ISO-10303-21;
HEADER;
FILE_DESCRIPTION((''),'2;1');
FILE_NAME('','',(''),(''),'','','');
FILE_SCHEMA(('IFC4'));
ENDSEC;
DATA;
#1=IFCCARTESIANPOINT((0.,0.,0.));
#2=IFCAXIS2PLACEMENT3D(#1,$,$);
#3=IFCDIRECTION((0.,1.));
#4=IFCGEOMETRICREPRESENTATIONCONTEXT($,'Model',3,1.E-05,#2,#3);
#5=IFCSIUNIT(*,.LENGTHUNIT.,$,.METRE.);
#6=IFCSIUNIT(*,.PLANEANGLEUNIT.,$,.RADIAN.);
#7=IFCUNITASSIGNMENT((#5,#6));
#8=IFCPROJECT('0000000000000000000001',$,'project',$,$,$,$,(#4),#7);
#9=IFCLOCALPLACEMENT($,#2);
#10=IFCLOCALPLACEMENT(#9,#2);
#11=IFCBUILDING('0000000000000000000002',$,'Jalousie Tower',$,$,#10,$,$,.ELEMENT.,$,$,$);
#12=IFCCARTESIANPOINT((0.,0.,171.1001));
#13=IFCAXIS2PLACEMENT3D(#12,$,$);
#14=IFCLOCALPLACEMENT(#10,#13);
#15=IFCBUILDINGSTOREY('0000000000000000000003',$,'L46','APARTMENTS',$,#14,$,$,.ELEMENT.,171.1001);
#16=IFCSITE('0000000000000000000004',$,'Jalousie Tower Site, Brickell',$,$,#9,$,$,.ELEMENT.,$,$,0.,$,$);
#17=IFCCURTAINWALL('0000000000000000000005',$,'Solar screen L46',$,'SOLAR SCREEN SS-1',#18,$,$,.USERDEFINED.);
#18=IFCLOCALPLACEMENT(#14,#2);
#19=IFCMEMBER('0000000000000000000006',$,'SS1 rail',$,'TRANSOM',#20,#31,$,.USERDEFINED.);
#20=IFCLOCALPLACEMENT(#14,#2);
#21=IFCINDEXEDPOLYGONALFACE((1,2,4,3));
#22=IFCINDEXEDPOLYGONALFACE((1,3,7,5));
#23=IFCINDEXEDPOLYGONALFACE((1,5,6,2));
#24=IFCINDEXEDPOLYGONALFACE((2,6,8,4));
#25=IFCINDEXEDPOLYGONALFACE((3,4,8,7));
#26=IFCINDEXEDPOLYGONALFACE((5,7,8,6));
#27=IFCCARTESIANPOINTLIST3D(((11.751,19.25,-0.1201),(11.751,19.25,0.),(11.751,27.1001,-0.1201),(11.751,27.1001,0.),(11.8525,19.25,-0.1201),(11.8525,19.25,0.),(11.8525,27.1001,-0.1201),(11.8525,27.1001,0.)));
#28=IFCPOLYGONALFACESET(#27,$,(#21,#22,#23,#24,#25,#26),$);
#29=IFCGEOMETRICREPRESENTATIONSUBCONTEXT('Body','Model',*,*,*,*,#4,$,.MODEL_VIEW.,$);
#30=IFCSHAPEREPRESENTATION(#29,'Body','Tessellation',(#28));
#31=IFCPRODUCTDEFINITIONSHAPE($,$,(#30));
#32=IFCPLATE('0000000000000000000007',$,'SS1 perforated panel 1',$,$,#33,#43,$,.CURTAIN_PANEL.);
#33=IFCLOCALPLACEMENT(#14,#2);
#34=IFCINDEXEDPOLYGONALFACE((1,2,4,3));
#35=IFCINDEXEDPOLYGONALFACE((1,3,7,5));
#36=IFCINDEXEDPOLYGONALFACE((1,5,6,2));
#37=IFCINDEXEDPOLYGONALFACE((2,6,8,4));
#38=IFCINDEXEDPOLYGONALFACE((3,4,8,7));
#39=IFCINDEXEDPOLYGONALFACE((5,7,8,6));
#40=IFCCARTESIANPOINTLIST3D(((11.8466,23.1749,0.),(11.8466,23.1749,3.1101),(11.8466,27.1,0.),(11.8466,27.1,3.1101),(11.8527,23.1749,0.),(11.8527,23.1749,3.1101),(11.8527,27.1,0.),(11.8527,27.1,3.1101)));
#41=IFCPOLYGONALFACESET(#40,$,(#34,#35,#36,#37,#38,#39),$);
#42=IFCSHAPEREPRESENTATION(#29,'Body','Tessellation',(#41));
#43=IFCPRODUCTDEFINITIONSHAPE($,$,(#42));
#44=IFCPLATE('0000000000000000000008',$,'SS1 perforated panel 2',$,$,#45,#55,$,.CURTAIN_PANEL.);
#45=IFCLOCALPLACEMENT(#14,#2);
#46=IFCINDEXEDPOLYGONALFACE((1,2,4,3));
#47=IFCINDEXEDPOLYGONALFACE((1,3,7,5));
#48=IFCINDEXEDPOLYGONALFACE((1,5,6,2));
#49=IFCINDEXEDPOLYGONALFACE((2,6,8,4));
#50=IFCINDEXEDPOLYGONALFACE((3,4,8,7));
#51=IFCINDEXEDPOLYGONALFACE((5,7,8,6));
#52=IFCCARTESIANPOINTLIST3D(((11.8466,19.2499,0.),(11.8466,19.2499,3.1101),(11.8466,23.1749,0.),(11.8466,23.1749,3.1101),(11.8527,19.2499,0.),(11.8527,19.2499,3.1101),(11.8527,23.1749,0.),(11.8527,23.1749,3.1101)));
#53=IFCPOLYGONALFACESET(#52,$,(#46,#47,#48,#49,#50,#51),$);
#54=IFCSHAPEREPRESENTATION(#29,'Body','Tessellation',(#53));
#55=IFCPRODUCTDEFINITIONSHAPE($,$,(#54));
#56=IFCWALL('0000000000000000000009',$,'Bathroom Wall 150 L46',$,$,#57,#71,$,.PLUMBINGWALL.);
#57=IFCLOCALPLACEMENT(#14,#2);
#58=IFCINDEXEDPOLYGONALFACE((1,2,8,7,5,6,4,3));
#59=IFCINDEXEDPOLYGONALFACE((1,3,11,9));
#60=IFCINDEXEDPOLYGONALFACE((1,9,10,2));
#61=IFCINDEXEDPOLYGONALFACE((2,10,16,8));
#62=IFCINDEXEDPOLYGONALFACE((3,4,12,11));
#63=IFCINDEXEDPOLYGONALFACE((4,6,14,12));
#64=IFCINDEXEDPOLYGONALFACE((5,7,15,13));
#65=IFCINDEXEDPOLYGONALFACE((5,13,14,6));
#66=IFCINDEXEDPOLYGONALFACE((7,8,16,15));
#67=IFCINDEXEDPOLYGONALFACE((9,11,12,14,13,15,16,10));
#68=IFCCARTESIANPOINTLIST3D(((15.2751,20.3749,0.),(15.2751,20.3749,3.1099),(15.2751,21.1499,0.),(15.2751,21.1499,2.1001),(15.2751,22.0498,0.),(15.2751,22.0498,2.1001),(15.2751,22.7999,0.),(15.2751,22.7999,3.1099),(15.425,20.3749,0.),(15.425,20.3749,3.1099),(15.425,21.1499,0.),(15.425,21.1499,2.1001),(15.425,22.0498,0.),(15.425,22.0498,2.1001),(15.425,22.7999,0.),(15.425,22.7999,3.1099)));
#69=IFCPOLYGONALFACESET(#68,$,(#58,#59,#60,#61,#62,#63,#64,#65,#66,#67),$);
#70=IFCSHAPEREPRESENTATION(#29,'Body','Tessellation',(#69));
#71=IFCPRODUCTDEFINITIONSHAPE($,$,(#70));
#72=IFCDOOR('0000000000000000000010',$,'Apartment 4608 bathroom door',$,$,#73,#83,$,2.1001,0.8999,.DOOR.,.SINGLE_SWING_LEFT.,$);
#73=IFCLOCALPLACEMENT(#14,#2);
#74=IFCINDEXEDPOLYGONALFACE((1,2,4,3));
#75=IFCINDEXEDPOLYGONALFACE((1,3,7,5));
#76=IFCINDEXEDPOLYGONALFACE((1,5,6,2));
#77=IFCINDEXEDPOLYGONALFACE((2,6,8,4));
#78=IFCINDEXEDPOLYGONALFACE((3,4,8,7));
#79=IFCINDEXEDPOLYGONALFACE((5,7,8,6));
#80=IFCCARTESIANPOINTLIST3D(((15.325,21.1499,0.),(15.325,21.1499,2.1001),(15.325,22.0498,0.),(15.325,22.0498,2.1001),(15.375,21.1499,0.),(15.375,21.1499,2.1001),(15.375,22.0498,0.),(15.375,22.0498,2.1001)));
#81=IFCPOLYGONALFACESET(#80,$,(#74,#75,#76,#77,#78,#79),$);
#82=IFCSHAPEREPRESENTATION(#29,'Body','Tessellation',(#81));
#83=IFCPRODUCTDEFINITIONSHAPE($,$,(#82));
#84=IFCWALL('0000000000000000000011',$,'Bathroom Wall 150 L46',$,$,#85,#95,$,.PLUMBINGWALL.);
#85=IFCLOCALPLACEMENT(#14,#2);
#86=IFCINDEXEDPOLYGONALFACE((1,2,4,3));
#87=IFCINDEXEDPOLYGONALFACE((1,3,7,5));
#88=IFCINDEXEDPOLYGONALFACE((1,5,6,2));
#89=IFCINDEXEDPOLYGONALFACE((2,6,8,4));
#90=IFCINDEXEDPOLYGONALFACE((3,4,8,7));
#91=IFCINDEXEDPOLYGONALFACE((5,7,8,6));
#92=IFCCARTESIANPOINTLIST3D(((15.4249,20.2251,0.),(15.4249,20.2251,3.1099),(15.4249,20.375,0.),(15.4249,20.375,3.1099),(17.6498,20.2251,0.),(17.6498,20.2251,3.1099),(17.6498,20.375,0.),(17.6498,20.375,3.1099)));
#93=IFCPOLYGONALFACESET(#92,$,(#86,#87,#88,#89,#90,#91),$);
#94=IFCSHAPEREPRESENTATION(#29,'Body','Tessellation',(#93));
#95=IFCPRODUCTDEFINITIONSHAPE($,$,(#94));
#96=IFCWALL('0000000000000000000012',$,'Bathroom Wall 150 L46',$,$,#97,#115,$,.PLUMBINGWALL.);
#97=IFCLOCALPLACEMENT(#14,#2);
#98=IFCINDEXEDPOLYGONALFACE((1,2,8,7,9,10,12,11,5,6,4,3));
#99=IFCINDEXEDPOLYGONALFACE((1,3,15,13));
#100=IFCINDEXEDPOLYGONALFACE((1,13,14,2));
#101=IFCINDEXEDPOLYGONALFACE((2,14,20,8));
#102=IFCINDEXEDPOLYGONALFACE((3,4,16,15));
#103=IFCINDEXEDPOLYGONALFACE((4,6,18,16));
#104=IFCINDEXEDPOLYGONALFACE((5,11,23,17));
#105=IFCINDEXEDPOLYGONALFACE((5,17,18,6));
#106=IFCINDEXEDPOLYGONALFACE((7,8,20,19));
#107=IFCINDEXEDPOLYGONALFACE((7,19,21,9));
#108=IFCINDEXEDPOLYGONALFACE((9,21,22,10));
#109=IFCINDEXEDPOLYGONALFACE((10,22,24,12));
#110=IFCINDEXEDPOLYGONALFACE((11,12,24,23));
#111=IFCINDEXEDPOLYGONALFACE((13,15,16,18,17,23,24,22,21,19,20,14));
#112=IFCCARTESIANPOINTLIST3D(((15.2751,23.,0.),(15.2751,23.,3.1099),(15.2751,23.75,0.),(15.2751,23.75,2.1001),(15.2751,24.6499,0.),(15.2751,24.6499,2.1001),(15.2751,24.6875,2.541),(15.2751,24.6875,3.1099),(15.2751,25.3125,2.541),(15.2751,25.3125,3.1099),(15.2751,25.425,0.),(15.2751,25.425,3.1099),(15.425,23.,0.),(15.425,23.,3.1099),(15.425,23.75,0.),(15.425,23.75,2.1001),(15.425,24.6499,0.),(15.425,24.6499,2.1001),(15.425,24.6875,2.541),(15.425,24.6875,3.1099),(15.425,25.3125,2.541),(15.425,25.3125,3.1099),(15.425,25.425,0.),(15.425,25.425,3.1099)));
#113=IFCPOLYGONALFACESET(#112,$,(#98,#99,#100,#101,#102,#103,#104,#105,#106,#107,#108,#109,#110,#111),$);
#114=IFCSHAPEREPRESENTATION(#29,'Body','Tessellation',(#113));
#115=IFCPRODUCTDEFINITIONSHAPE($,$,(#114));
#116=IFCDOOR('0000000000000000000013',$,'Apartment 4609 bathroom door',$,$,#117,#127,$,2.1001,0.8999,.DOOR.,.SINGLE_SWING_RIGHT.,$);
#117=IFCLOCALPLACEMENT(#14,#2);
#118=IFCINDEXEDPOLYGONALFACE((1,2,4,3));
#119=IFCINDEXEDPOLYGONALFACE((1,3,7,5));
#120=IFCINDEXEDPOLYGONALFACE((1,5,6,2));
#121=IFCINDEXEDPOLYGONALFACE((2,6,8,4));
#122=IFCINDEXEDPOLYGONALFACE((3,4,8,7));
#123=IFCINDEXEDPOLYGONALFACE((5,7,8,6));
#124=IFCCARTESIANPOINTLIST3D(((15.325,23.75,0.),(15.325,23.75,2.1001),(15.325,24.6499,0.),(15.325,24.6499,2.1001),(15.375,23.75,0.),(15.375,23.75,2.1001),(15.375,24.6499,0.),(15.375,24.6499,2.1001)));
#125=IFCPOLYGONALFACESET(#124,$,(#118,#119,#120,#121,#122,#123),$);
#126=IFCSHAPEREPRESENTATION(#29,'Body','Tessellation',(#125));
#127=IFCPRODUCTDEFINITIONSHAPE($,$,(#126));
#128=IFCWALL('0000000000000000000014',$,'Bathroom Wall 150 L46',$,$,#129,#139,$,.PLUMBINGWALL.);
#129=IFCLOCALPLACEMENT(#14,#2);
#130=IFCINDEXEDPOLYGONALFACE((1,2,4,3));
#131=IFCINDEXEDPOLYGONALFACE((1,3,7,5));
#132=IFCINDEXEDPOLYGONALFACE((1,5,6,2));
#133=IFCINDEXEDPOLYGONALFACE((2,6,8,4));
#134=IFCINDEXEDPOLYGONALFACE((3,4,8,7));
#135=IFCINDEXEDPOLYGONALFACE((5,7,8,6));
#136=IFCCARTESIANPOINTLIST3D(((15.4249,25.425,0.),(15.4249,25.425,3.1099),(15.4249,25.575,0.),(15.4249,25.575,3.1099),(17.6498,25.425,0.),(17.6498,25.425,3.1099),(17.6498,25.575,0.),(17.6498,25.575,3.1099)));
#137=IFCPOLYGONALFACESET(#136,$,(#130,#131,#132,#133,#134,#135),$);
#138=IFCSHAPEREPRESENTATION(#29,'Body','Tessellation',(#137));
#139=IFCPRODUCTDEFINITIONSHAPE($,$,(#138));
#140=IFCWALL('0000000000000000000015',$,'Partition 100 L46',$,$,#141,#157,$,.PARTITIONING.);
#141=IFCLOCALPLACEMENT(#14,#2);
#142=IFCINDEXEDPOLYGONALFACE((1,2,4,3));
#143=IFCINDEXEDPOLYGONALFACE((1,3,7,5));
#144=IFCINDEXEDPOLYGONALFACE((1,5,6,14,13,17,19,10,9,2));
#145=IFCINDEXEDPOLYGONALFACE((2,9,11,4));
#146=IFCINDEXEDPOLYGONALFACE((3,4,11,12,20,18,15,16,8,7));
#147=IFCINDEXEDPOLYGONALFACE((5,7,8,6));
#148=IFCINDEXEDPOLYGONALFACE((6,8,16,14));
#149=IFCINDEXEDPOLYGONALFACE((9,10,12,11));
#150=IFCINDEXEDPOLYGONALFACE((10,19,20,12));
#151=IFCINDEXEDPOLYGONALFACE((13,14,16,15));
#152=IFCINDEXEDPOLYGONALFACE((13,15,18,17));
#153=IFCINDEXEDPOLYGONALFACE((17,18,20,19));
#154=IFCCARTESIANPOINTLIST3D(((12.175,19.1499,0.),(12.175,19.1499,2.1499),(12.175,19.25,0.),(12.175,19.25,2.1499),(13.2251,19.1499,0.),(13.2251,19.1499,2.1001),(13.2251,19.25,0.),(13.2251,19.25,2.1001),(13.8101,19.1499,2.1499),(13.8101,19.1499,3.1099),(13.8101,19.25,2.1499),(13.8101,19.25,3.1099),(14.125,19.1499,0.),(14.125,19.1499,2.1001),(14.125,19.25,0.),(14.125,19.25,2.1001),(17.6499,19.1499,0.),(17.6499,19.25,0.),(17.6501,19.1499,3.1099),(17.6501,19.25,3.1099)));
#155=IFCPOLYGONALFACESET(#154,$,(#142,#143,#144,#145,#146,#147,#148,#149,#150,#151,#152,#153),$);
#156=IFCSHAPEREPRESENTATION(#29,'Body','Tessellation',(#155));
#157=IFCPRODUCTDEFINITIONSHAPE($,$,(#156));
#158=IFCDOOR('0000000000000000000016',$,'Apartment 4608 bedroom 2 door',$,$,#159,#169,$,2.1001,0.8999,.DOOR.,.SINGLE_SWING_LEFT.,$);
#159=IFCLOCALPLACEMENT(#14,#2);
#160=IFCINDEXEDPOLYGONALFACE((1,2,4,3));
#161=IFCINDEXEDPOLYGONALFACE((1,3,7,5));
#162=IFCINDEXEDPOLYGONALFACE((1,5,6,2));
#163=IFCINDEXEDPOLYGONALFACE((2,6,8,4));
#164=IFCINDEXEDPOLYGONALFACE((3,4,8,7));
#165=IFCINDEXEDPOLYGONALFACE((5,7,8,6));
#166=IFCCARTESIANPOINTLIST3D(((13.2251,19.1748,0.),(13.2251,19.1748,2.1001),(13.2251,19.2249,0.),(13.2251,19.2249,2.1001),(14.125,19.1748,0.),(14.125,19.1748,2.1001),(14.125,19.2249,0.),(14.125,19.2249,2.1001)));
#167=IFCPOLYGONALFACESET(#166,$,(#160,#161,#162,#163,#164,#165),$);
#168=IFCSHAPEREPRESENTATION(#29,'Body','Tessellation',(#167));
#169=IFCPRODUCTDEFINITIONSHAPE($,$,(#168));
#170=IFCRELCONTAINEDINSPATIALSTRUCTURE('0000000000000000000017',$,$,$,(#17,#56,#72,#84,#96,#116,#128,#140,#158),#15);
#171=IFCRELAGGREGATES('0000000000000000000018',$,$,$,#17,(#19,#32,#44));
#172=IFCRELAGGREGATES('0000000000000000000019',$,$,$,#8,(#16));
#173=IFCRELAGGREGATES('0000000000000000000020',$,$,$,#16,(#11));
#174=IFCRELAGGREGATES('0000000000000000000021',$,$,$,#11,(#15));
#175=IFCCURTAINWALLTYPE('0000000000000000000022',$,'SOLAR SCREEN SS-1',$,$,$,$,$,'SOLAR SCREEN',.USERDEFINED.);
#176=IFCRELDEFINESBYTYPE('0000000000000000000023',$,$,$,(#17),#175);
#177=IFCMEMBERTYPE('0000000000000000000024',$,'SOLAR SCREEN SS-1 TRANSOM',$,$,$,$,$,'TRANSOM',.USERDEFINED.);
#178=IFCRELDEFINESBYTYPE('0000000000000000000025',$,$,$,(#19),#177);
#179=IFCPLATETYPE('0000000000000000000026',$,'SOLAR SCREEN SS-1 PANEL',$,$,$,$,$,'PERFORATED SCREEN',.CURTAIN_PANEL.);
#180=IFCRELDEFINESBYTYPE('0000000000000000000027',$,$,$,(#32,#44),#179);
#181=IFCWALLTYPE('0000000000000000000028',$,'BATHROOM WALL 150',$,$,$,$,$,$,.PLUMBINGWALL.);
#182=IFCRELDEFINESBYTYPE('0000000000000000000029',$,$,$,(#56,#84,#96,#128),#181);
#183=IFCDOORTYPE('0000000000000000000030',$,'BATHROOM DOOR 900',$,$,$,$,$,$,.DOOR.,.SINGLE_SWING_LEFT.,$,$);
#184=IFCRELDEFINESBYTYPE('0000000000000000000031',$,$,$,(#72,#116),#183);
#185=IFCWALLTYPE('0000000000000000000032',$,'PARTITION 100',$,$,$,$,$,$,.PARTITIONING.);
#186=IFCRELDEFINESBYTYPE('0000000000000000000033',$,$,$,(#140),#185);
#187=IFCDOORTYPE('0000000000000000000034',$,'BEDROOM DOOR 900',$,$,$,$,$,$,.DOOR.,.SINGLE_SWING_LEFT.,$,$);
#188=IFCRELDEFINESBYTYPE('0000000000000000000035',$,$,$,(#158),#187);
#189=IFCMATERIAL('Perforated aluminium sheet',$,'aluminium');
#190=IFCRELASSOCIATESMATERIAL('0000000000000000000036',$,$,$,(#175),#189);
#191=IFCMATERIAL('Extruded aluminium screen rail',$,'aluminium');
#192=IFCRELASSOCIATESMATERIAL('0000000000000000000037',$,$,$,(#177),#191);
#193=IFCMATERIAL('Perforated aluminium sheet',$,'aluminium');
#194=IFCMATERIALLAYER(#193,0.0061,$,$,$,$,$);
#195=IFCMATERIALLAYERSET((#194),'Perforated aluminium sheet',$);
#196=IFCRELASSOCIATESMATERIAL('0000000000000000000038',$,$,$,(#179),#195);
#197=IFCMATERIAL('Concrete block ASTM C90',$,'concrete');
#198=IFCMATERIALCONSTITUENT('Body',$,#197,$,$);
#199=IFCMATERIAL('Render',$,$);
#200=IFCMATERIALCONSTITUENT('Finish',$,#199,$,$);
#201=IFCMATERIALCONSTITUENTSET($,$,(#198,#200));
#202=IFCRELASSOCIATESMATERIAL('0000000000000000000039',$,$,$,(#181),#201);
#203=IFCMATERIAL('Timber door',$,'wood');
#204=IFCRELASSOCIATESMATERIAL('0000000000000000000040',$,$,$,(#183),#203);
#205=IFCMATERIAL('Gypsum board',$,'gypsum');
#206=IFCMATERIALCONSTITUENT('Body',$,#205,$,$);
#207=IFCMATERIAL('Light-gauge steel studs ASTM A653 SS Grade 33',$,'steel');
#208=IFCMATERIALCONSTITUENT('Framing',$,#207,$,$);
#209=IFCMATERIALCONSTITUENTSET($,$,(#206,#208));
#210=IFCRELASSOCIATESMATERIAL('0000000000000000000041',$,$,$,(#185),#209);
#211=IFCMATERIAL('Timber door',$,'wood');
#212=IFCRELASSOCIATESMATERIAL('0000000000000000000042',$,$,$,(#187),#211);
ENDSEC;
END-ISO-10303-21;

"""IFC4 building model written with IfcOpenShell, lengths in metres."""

from ifc_helpers import new_model, si_unit, direction, frame, frame_2d, origin, origin_2d, place, context, subcontext, project, spatial, polyline, rectangle, outline, extrude, material, layer, layer_set, constituent, constituent_set, material_profile, profile_set, type_object, element, fill, aggregate, save


model = new_model("IFC4")

# Units and contexts
model_context = context("Model", 3, precision=1e-05, world=origin(), true_north=direction((0.0, 1.0)))
body_context = subcontext(model_context, "Body", "Model", "MODEL_VIEW")
ifc_project = project(units=[si_unit("LENGTHUNIT", "METRE"), si_unit("PLANEANGLEUNIT", "RADIAN")], contexts=[model_context])

# Site, building, storey
site_placement = place(None, origin())
site = spatial("IfcSite", under=ifc_project, at=site_placement, Name="Jalousie Tower Site, Brickell", CompositionType="ELEMENT", RefElevation=0.0)
building_placement = place(site_placement, origin())
building = spatial("IfcBuilding", under=site, at=building_placement, Name="Jalousie Tower", CompositionType="ELEMENT")
storey_placement = place(building_placement, frame((0.0, 0.0, 171.1001)))
storey = spatial("IfcBuildingStorey", under=building, at=storey_placement, Name="L46", Description="APARTMENTS", CompositionType="ELEMENT", Elevation=171.1001)

# Shared definitions
ifc_material_1 = material(Name="Perforated aluminium sheet", Category="aluminium")
curtain_wall_type = type_object("IfcCurtainWallType", Name="SOLAR SCREEN SS-1", ElementType="SOLAR SCREEN", PredefinedType="USERDEFINED", material=ifc_material_1)

# Curtain wall, member, plates
curtain_wall_1_placement = place(storey_placement, origin())
curtain_wall_1 = element("IfcCurtainWall", 1, at=curtain_wall_1_placement, inside=storey, type_object=curtain_wall_type, Name="Solar screen L46", ObjectType="SOLAR SCREEN SS-1", PredefinedType="USERDEFINED")
ifc_material_2 = material(Name="Extruded aluminium screen rail", Category="aluminium")
ifc_material_profile_1 = material_profile(ifc_material_2, rectangle(XDim=0.1016, YDim=0.1201, at=origin_2d()), Name="RAIL 102x120")
ifc_profile_set_1 = profile_set([ifc_material_profile_1], Name="Extruded aluminium screen rail")
member_type_1 = type_object("IfcMemberType", Name="SOLAR SCREEN SS-1 TRANSOM", ElementType="TRANSOM", PredefinedType="USERDEFINED", material=ifc_profile_set_1)
member_1_placement = place(storey_placement, frame((11.8018, 27.1001, -0.0601), z_axis=(0.0, -1.0, 0.0), x_axis=(1.0, 0.0, 0.0)))
member_1 = element("IfcMember", 2, at=member_1_placement, type_object=member_type_1, Name="SS1 rail", ObjectType="TRANSOM", PredefinedType="USERDEFINED", context=body_context, shape_type="SweptSolid", body=[
    extrude(rectangle(XDim=0.1016, YDim=0.1201, at=origin_2d()), origin(), (0.0, 0.0, 1.0), 7.8501),
])
ifc_material_3 = material(Name="Perforated aluminium sheet", Category="aluminium")
ifc_layer_1 = layer(ifc_material_3, 0.0061)
ifc_layer_set_1 = layer_set([ifc_layer_1], Name="Perforated aluminium sheet")
plate_type = type_object("IfcPlateType", Name="SOLAR SCREEN SS-1 PANEL", ElementType="PERFORATED SCREEN", PredefinedType="CURTAIN_PANEL", material=ifc_layer_set_1)
plate_1_placement = place(storey_placement, frame((11.8496, 25.1375, 0.0), z_axis=(0.0, 0.0, 1.0), x_axis=(0.0, -1.0, 0.0)))
plate_1 = element("IfcPlate", 3, at=plate_1_placement, type_object=plate_type, Name="SS1 perforated panel 1", PredefinedType="CURTAIN_PANEL", context=body_context, shape_type="SweptSolid", body=[
    extrude(rectangle(XDim=3.925, YDim=0.0061, at=origin_2d()), origin(), (0.0, 0.0, 1.0), 3.1101),
])
plate_2_placement = place(storey_placement, frame((11.8496, 21.2124, 0.0), z_axis=(0.0, 0.0, 1.0), x_axis=(0.0, -1.0, 0.0)))
plate_2 = element("IfcPlate", 4, at=plate_2_placement, type_object=plate_type, Name="SS1 perforated panel 2", PredefinedType="CURTAIN_PANEL", context=body_context, shape_type="SweptSolid", body=[
    extrude(rectangle(XDim=3.925, YDim=0.0061, at=origin_2d()), origin(), (0.0, 0.0, 1.0), 3.1101),
])
aggregate(curtain_wall_1, [member_1, plate_1, plate_2])

# Wall, opening, door
ifc_material_4 = material(Name="Concrete block ASTM C90", Category="concrete")
ifc_constituent_1 = constituent(ifc_material_4, Name="Body")
ifc_material_5 = material(Name="Render")
ifc_constituent_2 = constituent(ifc_material_5, Name="Finish")
ifc_constituent_set_1 = constituent_set(constituents=[ifc_constituent_1, ifc_constituent_2])
wall_type_1 = type_object("IfcWallType", Name="BATHROOM WALL 150", PredefinedType="PLUMBINGWALL", material=ifc_constituent_set_1)
wall_1_placement = place(storey_placement, frame((15.3501, 20.375, 0.0), z_axis=(0.0, 0.0, 1.0), x_axis=(0.0, 1.0, 0.0)))
wall_1 = element("IfcWall", 5, at=wall_1_placement, inside=storey, type_object=wall_type_1, Name="Bathroom Wall 150 L46", PredefinedType="PLUMBINGWALL", context=body_context, shape_type="SweptSolid", body=[
    extrude(rectangle(XDim=2.425, YDim=0.1499, at=frame_2d((1.2124, 0.0))), origin(), (0.0, 0.0, 1.0), 3.1099),
])
opening_1_placement = place(wall_1_placement, frame((0.7749, 0.0, 0.0)))
opening_1 = element("IfcOpeningElement", 6, at=opening_1_placement, cuts=wall_1, PredefinedType="OPENING", context=body_context, shape_type="SweptSolid", body=[
    extrude(rectangle(XDim=0.8999, YDim=2.1001, at=frame_2d((0.45, 1.05))), frame((0.0, 0.085, 0.0), z_axis=(0.0, -1.0, 0.0), x_axis=(1.0, 0.0, 0.0)), (0.0, 0.0, 1.0), 0.1699),
])
ifc_material_6 = material(Name="Timber door", Category="wood")
door_type_1 = type_object("IfcDoorType", Name="BATHROOM DOOR 900", OperationType="SINGLE_SWING_LEFT", PredefinedType="DOOR", material=ifc_material_6)
door_1_placement = place(opening_1_placement, frame((0.8999, 0.0, 0.0), z_axis=(0.0, 0.0, 1.0), x_axis=(-1.0, 0.0, 0.0)))
door_1 = element("IfcDoor", 7, at=door_1_placement, inside=storey, type_object=door_type_1, Name="Apartment 4608 bathroom door", OperationType="SINGLE_SWING_LEFT", OverallHeight=2.1001, OverallWidth=0.8999, PredefinedType="DOOR", context=body_context, shape_type="SweptSolid", body=[
    extrude(rectangle(XDim=0.8999, YDim=2.1001, at=frame_2d((0.45, 1.05))), frame((0.0, 0.0249, 0.0), z_axis=(0.0, -1.0, 0.0), x_axis=(1.0, 0.0, 0.0)), (0.0, 0.0, 1.0), 0.05),
])
fill(opening_1, door_1)

# Wall
wall_2_placement = place(storey_placement, frame((15.425, 20.3, 0.0), z_axis=(0.0, 0.0, 1.0), x_axis=(1.0, 0.0, 0.0)))
element("IfcWall", 8, at=wall_2_placement, inside=storey, type_object=wall_type_1, Name="Bathroom Wall 150 L46", PredefinedType="PLUMBINGWALL", context=body_context, shape_type="SweptSolid", body=[
    extrude(rectangle(XDim=2.2249, YDim=0.1499, at=frame_2d((1.1123, 0.0))), origin(), (0.0, 0.0, 1.0), 3.1099),
])

# Wall, opening, door
wall_3_placement = place(storey_placement, frame((15.3501, 23.0, 0.0), z_axis=(0.0, 0.0, 1.0), x_axis=(0.0, 1.0, 0.0)))
wall_3 = element("IfcWall", 9, at=wall_3_placement, inside=storey, type_object=wall_type_1, Name="Bathroom Wall 150 L46", PredefinedType="PLUMBINGWALL", context=body_context, shape_type="SweptSolid", body=[
    extrude(outline(polyline([(0.0, 0.0), (2.425, 0.0), (2.425, 3.1099), (2.3125, 3.1099), (2.3125, 2.541), (1.6875, 2.541), (1.6875, 3.1099), (0.0, 3.1099), (0.0, 0.0)])), frame((0.0, 0.075, 0.0), z_axis=(0.0, -1.0, 0.0), x_axis=(1.0, 0.0, 0.0)), (0.0, 0.0, 1.0), 0.1499),
])
opening_2_placement = place(wall_3_placement, frame((0.75, 0.0, 0.0)))
opening_2 = element("IfcOpeningElement", 10, at=opening_2_placement, cuts=wall_3, PredefinedType="OPENING", context=body_context, shape_type="SweptSolid", body=[
    extrude(rectangle(XDim=0.8999, YDim=2.1001, at=frame_2d((0.45, 1.05))), frame((0.0, 0.085, 0.0), z_axis=(0.0, -1.0, 0.0), x_axis=(1.0, 0.0, 0.0)), (0.0, 0.0, 1.0), 0.1699),
])
door_2_placement = place(opening_2_placement, frame((0.8999, 0.0, 0.0), z_axis=(0.0, 0.0, 1.0), x_axis=(-1.0, 0.0, 0.0)))
door_2 = element("IfcDoor", 11, at=door_2_placement, inside=storey, type_object=door_type_1, Name="Apartment 4609 bathroom door", OperationType="SINGLE_SWING_RIGHT", OverallHeight=2.1001, OverallWidth=0.8999, PredefinedType="DOOR", context=body_context, shape_type="SweptSolid", body=[
    extrude(rectangle(XDim=0.8999, YDim=2.1001, at=frame_2d((0.45, 1.05))), frame((0.0, 0.0249, 0.0), z_axis=(0.0, -1.0, 0.0), x_axis=(1.0, 0.0, 0.0)), (0.0, 0.0, 1.0), 0.05),
])
fill(opening_2, door_2)

# Wall
wall_4_placement = place(storey_placement, frame((15.425, 25.5, 0.0), z_axis=(0.0, 0.0, 1.0), x_axis=(1.0, 0.0, 0.0)))
element("IfcWall", 12, at=wall_4_placement, inside=storey, type_object=wall_type_1, Name="Bathroom Wall 150 L46", PredefinedType="PLUMBINGWALL", context=body_context, shape_type="SweptSolid", body=[
    extrude(rectangle(XDim=2.2249, YDim=0.1499, at=frame_2d((1.1123, 0.0))), origin(), (0.0, 0.0, 1.0), 3.1099),
])

# Wall, opening, door
ifc_material_7 = material(Name="Gypsum board", Category="gypsum")
ifc_constituent_3 = constituent(ifc_material_7, Name="Body")
ifc_material_8 = material(Name="Light-gauge steel studs ASTM A653 SS Grade 33", Category="steel")
ifc_constituent_4 = constituent(ifc_material_8, Name="Framing")
ifc_constituent_set_2 = constituent_set(constituents=[ifc_constituent_3, ifc_constituent_4])
wall_type_2 = type_object("IfcWallType", Name="PARTITION 100", PredefinedType="PARTITIONING", material=ifc_constituent_set_2)
wall_5_placement = place(storey_placement, frame((12.175, 19.2, 0.0), z_axis=(0.0, 0.0, 1.0), x_axis=(1.0, 0.0, 0.0)))
wall_5 = element("IfcWall", 13, at=wall_5_placement, inside=storey, type_object=wall_type_2, Name="Partition 100 L46", PredefinedType="PARTITIONING", context=body_context, shape_type="SweptSolid", body=[
    extrude(outline(polyline([(0.0, 0.0), (5.4749, 0.0), (5.4751, 3.1099), (1.635, 3.1099), (1.635, 2.1499), (0.0, 2.1499), (0.0, 3.1099), (0.0, 0.0)])), frame((0.0, 0.05, 0.0), z_axis=(0.0, -1.0, 0.0), x_axis=(1.0, 0.0, 0.0)), (0.0, 0.0, 1.0), 0.1001),
])
opening_3_placement = place(wall_5_placement, frame((1.05, 0.0, 0.0)))
opening_3 = element("IfcOpeningElement", 14, at=opening_3_placement, cuts=wall_5, PredefinedType="OPENING", context=body_context, shape_type="SweptSolid", body=[
    extrude(rectangle(XDim=0.8999, YDim=2.1001, at=frame_2d((0.45, 1.05))), frame((0.0, 0.0601, 0.0), z_axis=(0.0, -1.0, 0.0), x_axis=(1.0, 0.0, 0.0)), (0.0, 0.0, 1.0), 0.1201),
])
ifc_material_9 = material(Name="Timber door", Category="wood")
door_type_2 = type_object("IfcDoorType", Name="BEDROOM DOOR 900", OperationType="SINGLE_SWING_LEFT", PredefinedType="DOOR", material=ifc_material_9)
door_3_placement = place(opening_3_placement, origin())
door_3 = element("IfcDoor", 15, at=door_3_placement, inside=storey, type_object=door_type_2, Name="Apartment 4608 bedroom 2 door", OperationType="SINGLE_SWING_LEFT", OverallHeight=2.1001, OverallWidth=0.8999, PredefinedType="DOOR", context=body_context, shape_type="SweptSolid", body=[
    extrude(rectangle(XDim=0.8999, YDim=2.1001, at=frame_2d((0.45, 1.05))), frame((0.0, 0.0249, 0.0), z_axis=(0.0, -1.0, 0.0), x_axis=(1.0, 0.0, 0.0)), (0.0, 0.0, 1.0), 0.05),
])
fill(opening_3, door_3)

save(model, "model.ifc")
